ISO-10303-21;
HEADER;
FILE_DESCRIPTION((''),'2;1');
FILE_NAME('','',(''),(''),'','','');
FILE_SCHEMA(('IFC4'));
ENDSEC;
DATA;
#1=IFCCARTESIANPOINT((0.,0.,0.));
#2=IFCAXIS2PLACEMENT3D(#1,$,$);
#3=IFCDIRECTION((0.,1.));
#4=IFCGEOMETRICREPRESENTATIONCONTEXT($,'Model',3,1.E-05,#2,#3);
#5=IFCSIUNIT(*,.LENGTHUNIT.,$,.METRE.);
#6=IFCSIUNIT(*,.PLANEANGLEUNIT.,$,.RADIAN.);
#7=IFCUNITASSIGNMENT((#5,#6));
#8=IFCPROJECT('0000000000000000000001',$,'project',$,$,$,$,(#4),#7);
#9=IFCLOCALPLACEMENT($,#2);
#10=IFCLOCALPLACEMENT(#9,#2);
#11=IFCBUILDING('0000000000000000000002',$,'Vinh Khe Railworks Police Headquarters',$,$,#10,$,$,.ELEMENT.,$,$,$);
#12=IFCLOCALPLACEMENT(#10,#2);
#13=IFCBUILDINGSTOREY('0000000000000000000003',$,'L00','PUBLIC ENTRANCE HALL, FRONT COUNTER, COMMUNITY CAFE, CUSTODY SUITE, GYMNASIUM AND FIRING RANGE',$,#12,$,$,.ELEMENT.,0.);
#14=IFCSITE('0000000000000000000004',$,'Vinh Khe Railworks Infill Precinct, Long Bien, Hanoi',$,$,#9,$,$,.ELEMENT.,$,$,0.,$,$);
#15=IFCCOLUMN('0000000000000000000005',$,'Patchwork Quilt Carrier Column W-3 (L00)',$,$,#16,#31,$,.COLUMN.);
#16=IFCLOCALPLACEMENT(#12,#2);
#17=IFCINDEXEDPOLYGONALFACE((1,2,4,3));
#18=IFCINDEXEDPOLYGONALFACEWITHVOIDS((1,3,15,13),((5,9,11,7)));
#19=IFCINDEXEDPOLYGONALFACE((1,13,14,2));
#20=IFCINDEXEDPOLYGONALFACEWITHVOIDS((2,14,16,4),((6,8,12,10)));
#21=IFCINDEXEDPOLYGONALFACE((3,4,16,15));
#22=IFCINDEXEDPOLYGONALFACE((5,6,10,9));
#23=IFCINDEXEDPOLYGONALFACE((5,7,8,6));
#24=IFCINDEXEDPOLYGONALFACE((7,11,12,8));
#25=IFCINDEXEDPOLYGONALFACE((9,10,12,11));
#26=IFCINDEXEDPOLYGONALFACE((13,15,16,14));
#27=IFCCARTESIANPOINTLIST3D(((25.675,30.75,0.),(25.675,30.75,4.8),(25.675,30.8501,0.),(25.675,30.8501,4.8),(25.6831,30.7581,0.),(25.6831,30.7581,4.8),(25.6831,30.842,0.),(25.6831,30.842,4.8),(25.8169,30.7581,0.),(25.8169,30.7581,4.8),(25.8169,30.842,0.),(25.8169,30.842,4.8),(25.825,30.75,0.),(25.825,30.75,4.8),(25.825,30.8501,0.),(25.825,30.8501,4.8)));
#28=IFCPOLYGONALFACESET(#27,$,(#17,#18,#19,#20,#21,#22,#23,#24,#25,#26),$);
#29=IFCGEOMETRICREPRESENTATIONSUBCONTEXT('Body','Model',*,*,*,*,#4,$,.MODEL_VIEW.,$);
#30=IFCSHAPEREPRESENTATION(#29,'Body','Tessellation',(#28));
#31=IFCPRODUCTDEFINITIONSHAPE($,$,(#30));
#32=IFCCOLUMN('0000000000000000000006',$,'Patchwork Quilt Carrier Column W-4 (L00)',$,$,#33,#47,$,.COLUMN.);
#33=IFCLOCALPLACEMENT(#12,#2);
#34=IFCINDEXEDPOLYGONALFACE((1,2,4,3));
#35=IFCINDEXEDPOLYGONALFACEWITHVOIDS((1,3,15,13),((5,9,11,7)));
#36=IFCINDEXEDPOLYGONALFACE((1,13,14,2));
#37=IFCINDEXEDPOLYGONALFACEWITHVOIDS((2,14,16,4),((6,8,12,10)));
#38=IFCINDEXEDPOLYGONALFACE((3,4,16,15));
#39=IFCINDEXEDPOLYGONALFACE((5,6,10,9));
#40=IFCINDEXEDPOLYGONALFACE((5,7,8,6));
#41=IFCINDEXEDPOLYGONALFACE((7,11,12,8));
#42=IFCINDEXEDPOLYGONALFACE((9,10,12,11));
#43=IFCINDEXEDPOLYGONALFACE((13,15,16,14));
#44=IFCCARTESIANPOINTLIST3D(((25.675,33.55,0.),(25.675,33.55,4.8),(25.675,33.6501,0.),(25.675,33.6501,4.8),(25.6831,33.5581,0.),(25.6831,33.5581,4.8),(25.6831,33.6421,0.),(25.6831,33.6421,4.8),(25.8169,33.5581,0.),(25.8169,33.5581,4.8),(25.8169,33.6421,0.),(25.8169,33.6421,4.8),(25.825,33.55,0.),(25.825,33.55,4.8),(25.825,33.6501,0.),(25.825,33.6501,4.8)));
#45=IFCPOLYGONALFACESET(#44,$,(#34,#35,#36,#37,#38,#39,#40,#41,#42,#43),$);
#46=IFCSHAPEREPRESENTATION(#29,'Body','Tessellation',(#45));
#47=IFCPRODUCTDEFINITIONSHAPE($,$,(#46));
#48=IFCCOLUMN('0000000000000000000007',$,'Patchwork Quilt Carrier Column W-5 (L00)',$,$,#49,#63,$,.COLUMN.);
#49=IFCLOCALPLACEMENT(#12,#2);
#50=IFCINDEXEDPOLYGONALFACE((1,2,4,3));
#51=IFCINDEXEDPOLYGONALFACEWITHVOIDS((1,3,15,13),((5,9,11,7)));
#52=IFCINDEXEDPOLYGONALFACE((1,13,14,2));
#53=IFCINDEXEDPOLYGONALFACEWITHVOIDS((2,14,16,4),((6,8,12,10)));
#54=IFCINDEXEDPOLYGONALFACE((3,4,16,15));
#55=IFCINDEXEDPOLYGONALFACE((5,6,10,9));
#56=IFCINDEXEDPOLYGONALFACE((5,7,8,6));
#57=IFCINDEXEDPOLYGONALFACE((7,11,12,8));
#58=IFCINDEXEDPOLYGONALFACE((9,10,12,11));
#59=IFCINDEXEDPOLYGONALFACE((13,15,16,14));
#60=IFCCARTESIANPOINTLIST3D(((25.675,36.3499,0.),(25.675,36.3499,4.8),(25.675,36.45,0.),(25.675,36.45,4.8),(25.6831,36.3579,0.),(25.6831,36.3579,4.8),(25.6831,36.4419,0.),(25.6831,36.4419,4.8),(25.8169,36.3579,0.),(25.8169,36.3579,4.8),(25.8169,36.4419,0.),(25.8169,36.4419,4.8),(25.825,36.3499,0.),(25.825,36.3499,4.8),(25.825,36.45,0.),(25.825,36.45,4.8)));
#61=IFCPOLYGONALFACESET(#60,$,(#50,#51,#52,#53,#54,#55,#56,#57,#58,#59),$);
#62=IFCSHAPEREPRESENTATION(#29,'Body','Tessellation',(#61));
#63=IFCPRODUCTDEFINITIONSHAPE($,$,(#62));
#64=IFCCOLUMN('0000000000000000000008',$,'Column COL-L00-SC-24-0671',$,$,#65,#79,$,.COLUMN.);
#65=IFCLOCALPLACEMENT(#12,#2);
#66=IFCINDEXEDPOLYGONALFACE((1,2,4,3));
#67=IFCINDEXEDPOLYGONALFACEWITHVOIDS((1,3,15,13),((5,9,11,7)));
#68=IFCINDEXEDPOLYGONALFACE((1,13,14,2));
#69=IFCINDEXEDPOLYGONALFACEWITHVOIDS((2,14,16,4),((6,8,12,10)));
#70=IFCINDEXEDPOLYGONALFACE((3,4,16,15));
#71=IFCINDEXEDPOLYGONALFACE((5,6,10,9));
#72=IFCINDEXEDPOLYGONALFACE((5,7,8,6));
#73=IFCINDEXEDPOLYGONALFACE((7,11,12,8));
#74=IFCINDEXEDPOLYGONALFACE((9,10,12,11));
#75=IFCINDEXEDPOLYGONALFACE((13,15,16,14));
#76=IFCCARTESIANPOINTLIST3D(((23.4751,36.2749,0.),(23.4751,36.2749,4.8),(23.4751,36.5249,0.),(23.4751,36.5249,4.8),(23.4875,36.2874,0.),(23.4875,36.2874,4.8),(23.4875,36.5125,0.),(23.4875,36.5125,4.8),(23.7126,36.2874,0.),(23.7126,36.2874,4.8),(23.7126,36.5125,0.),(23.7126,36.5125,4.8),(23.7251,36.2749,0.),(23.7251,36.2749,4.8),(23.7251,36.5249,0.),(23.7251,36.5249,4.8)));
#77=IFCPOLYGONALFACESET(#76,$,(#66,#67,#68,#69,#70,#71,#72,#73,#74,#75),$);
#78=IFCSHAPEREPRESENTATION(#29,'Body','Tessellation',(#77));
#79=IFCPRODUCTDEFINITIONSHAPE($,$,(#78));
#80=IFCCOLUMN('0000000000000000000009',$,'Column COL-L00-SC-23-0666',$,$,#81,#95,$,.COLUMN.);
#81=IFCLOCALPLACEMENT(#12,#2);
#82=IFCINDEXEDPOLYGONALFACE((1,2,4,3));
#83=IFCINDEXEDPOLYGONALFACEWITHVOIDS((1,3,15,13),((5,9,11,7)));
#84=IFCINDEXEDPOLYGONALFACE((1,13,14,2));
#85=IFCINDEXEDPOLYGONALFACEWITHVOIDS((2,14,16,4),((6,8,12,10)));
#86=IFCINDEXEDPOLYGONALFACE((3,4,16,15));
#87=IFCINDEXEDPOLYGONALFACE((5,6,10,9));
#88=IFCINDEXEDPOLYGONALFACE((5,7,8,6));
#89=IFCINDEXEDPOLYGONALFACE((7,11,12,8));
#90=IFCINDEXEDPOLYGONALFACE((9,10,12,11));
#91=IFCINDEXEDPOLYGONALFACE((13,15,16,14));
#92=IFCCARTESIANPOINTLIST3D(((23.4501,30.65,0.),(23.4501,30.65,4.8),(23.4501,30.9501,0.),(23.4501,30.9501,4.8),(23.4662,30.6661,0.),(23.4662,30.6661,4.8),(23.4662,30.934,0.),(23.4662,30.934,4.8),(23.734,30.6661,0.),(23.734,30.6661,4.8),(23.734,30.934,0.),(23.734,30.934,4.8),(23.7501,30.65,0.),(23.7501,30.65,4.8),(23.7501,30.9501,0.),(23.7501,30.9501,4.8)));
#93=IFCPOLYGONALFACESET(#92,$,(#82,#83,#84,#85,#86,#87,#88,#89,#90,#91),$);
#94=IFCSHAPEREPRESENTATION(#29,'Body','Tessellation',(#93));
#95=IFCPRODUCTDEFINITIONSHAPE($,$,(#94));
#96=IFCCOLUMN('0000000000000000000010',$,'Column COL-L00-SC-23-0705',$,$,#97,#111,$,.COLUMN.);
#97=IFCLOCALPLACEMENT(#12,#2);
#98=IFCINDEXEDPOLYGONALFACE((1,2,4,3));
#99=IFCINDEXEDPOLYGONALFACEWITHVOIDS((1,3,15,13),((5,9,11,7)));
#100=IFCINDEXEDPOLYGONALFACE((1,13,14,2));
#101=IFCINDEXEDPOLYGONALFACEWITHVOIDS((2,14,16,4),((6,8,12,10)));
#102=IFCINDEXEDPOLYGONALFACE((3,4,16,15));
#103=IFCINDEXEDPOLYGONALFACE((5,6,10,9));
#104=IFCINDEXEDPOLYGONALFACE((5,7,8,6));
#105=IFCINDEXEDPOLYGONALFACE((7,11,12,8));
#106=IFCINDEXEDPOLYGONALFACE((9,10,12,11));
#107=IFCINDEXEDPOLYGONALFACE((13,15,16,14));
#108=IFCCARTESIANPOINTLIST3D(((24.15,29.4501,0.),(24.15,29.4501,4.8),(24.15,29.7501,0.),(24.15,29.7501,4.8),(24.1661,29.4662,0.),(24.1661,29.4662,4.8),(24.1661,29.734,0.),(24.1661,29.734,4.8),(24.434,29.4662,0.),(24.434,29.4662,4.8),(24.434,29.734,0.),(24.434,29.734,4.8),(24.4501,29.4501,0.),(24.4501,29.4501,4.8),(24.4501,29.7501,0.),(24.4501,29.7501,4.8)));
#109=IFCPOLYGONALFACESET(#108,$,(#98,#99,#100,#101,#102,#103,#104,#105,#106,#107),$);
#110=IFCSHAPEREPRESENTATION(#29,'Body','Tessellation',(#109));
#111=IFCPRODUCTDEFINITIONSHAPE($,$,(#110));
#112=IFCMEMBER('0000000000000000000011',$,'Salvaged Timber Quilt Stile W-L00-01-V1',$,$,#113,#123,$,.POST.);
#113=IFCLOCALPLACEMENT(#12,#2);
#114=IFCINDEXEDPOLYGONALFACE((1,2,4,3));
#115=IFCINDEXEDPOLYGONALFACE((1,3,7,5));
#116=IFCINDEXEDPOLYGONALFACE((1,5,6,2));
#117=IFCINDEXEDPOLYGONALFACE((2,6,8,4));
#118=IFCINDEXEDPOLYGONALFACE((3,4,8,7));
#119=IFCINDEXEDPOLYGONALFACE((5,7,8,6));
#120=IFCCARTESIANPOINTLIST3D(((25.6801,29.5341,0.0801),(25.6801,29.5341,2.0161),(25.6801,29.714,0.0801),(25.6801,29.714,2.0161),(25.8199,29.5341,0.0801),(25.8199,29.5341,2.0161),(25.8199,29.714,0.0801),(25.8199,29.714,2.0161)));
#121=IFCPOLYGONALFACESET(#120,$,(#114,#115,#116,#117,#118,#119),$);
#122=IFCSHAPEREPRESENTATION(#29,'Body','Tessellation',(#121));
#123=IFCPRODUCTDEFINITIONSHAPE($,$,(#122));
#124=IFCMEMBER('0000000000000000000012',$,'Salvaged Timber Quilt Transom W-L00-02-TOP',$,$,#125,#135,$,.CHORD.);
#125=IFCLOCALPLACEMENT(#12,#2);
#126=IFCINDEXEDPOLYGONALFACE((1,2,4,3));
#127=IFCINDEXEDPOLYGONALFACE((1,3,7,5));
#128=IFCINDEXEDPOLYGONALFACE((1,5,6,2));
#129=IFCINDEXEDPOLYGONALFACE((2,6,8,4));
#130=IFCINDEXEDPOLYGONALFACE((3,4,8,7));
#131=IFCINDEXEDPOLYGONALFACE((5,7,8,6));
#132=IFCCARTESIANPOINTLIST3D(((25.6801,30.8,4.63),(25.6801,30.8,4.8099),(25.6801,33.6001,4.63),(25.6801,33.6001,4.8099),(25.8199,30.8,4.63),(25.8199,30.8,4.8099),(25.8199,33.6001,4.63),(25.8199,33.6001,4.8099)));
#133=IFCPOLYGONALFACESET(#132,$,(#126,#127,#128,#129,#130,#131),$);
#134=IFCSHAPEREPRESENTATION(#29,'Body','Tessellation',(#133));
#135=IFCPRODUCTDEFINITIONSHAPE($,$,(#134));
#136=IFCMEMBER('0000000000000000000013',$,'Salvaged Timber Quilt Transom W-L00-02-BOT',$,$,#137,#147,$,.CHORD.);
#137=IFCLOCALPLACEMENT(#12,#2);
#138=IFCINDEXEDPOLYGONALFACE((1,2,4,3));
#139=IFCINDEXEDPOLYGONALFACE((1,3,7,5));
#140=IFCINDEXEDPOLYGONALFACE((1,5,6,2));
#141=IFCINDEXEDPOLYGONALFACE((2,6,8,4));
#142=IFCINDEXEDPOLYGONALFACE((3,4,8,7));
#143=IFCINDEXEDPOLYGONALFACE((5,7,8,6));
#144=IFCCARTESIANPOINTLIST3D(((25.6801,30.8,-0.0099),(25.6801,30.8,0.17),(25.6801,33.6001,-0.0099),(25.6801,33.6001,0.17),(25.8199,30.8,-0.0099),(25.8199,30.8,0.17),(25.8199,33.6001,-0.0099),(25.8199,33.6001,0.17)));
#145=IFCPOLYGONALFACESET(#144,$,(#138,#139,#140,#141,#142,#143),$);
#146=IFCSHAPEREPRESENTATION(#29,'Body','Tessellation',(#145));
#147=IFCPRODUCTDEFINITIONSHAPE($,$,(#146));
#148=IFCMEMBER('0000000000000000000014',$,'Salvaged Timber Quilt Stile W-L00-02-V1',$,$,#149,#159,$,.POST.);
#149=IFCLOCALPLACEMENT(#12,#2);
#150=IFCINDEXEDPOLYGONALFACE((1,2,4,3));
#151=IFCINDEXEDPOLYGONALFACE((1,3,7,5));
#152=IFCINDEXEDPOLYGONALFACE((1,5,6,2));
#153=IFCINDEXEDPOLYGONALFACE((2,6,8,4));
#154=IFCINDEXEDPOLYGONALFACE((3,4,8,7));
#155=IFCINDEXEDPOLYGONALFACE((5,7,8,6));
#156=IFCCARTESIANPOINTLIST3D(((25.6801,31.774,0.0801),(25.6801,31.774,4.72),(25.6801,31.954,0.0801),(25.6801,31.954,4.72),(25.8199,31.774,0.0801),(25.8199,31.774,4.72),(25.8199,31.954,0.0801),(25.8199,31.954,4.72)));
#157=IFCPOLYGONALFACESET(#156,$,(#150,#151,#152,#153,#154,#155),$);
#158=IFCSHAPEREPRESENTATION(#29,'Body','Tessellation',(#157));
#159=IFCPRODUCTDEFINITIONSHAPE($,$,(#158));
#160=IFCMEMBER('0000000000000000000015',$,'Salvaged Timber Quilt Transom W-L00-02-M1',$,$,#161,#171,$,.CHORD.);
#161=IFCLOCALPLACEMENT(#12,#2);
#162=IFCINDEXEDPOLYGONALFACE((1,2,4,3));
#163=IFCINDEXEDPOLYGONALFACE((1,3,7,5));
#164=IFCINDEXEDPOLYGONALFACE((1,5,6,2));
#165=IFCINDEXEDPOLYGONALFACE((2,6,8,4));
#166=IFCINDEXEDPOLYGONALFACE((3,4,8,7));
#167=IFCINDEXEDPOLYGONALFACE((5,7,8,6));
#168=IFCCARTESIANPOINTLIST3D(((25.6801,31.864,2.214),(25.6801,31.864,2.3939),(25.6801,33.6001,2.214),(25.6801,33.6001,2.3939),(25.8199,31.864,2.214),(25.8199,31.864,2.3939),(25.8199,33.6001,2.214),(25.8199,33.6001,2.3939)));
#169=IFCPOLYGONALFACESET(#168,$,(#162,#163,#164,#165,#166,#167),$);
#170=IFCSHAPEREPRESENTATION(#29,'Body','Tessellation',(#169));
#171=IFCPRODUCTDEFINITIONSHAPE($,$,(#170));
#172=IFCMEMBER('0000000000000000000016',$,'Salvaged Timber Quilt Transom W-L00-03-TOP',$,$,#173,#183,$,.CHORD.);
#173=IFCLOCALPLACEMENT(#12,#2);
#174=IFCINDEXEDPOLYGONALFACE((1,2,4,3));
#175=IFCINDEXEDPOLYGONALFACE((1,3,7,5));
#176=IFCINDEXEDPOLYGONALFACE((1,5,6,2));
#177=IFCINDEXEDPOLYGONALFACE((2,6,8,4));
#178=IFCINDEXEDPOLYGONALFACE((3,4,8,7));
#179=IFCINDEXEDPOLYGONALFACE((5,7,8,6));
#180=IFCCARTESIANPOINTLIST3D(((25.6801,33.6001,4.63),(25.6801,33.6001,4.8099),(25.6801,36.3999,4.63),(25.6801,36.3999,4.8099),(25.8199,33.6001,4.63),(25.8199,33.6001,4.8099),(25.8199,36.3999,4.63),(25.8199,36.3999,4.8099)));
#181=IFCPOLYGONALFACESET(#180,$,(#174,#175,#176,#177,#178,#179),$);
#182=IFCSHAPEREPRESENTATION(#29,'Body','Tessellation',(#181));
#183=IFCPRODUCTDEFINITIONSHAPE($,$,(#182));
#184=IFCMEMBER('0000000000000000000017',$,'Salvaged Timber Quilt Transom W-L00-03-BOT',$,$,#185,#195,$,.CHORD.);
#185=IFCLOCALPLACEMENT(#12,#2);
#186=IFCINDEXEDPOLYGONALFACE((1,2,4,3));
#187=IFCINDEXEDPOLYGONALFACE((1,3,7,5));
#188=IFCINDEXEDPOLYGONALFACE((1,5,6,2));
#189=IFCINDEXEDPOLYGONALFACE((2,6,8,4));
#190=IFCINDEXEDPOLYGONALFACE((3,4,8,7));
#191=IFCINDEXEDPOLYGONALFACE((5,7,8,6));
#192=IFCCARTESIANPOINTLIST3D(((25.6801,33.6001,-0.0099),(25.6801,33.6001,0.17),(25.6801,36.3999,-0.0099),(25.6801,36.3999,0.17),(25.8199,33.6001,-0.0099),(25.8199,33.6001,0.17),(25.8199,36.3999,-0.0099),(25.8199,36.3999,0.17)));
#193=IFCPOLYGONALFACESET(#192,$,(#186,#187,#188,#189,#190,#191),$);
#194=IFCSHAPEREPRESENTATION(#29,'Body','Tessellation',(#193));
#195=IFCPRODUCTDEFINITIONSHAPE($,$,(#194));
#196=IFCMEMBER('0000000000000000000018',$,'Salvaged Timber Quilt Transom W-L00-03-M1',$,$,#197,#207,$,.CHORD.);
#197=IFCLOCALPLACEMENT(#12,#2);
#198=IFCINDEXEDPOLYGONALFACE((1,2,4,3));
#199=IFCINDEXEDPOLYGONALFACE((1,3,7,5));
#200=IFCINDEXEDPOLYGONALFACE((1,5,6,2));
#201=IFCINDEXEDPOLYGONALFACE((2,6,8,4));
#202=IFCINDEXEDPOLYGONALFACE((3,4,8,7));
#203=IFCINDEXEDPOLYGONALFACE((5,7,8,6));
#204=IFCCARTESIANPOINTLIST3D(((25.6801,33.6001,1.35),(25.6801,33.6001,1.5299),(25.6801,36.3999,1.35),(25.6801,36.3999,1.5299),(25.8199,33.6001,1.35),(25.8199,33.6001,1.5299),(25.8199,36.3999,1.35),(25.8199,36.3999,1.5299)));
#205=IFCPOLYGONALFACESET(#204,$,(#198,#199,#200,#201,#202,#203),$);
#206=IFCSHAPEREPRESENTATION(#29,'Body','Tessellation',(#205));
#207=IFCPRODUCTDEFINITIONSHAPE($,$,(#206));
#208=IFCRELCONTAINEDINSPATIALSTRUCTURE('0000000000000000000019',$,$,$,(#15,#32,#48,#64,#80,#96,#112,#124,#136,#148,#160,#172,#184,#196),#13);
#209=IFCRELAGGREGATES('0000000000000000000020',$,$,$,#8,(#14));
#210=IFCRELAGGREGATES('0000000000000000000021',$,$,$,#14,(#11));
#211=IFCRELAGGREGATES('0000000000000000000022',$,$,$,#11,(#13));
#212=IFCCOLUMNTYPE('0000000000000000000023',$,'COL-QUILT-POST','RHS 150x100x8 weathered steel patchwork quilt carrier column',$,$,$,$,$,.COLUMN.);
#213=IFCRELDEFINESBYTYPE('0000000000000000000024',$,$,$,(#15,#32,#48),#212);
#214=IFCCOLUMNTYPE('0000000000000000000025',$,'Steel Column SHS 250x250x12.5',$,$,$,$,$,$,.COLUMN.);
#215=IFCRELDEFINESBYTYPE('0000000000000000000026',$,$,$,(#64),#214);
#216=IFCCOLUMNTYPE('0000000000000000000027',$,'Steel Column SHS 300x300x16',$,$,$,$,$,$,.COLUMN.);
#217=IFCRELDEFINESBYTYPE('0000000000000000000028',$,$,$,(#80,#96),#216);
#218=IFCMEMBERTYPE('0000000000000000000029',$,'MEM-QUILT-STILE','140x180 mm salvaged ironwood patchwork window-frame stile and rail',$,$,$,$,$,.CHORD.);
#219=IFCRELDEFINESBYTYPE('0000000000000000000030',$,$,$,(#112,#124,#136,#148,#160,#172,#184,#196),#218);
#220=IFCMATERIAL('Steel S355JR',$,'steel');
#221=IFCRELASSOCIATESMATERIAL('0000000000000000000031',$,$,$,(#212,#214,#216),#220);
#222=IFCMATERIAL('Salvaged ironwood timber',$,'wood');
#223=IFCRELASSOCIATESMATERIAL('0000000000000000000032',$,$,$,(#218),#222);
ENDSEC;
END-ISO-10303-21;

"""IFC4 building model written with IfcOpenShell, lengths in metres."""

from ifc_helpers import new_model, si_unit, direction, frame, origin, origin_2d, place, context, subcontext, project, spatial, rectangle, hollow_rectangle, extrude, material, material_profile, profile_set, type_object, element, save


model = new_model("IFC4")

# Units and contexts
model_context = context("Model", 3, precision=1e-05, world=origin(), true_north=direction((0.0, 1.0)))
body_context = subcontext(model_context, "Body", "Model", "MODEL_VIEW")
ifc_project = project(units=[si_unit("LENGTHUNIT", "METRE"), si_unit("PLANEANGLEUNIT", "RADIAN")], contexts=[model_context])

# Site, building, storey
site_placement = place(None, origin())
site = spatial("IfcSite", under=ifc_project, at=site_placement, Name="Vinh Khe Railworks Infill Precinct, Long Bien, Hanoi", CompositionType="ELEMENT", RefElevation=0.0)
building_placement = place(site_placement, origin())
building = spatial("IfcBuilding", under=site, at=building_placement, Name="Vinh Khe Railworks Police Headquarters", CompositionType="ELEMENT")
storey_placement = place(building_placement, origin())
storey = spatial("IfcBuildingStorey", under=building, at=storey_placement, Name="L00", Description="PUBLIC ENTRANCE HALL, FRONT COUNTER, COMMUNITY CAFE, CUSTODY SUITE, GYMNASIUM AND FIRING RANGE", CompositionType="ELEMENT", Elevation=0.0)

# Columns
ifc_material_1 = material(Name="Steel S355JR", Category="steel")
ifc_material_profile_1 = material_profile(ifc_material_1, hollow_rectangle(XDim=0.1499, YDim=0.1001, WallThickness=0.0081, at=origin_2d()), Name="RHS 150x100x8")
ifc_profile_set_1 = profile_set([ifc_material_profile_1], Name="Steel S355JR")
column_type_1 = type_object("IfcColumnType", Name="COL-QUILT-POST", Description="RHS 150x100x8 weathered steel patchwork quilt carrier column", PredefinedType="COLUMN", material=ifc_profile_set_1)
for number, where, z_axis, x_axis, name in (
    (1, (25.75, 30.8, 0.0), (0.0, 0.0, 1.0), (1.0, 0.0, 0.0), "Patchwork Quilt Carrier Column W-3 (L00)"),
    (2, (25.75, 33.6001, 0.0), (0.0, 0.0, 1.0), (1.0, 0.0, 0.0), "Patchwork Quilt Carrier Column W-4 (L00)"),
    (3, (25.75, 36.3999, 0.0), (0.0, 0.0, 1.0), (1.0, 0.0, 0.0), "Patchwork Quilt Carrier Column W-5 (L00)"),
):
    element("IfcColumn", number, at=place(storey_placement, frame(where, z_axis=z_axis, x_axis=x_axis)), inside=storey, type_object=column_type_1, Name=name, PredefinedType="COLUMN", context=body_context, shape_type="SweptSolid", body=[
        extrude(hollow_rectangle(XDim=0.1499, YDim=0.1001, WallThickness=0.0081, at=origin_2d()), origin(), (0.0, 0.0, 1.0), 4.8),
    ])
ifc_material_profile_2 = material_profile(ifc_material_1, hollow_rectangle(XDim=0.25, YDim=0.25, WallThickness=0.0125, at=origin_2d()), Name="SHS 250x250x12.5")
ifc_profile_set_2 = profile_set([ifc_material_profile_2], Name="Steel S355JR")
column_type_2 = type_object("IfcColumnType", Name="Steel Column SHS 250x250x12.5", PredefinedType="COLUMN", material=ifc_profile_set_2)
column_placement = place(storey_placement, frame((23.6001, 36.3999, 0.0), z_axis=(0.0, 0.0, 1.0), x_axis=(1.0, 0.0, 0.0)))
element("IfcColumn", 4, at=column_placement, inside=storey, type_object=column_type_2, Name="Column COL-L00-SC-24-0671", PredefinedType="COLUMN", context=body_context, shape_type="SweptSolid", body=[
    extrude(hollow_rectangle(XDim=0.25, YDim=0.25, WallThickness=0.0125, at=origin_2d()), origin(), (0.0, 0.0, 1.0), 4.8),
])
ifc_material_profile_3 = material_profile(ifc_material_1, hollow_rectangle(XDim=0.3, YDim=0.3, WallThickness=0.0161, at=origin_2d()), Name="SHS 300x300x16")
ifc_profile_set_3 = profile_set([ifc_material_profile_3], Name="Steel S355JR")
column_type_3 = type_object("IfcColumnType", Name="Steel Column SHS 300x300x16", PredefinedType="COLUMN", material=ifc_profile_set_3)
for number, where, z_axis, x_axis, name in (
    (5, (23.6001, 30.8, 0.0), (0.0, 0.0, 1.0), (1.0, 0.0, 0.0), "Column COL-L00-SC-23-0666"),
    (6, (24.3, 29.6001, 0.0), (0.0, 0.0, 1.0), (1.0, 0.0, 0.0), "Column COL-L00-SC-23-0705"),
):
    element("IfcColumn", number, at=place(storey_placement, frame(where, z_axis=z_axis, x_axis=x_axis)), inside=storey, type_object=column_type_3, Name=name, PredefinedType="COLUMN", context=body_context, shape_type="SweptSolid", body=[
        extrude(hollow_rectangle(XDim=0.3, YDim=0.3, WallThickness=0.0161, at=origin_2d()), origin(), (0.0, 0.0, 1.0), 4.8),
    ])

# Members
ifc_material_2 = material(Name="Salvaged ironwood timber", Category="wood")
ifc_material_profile_4 = material_profile(ifc_material_2, rectangle(XDim=0.1399, YDim=0.1799, at=origin_2d()), Name="TIMBER 140x180")
ifc_profile_set_4 = profile_set([ifc_material_profile_4], Name="Salvaged ironwood timber")
member_type = type_object("IfcMemberType", Name="MEM-QUILT-STILE", Description="140x180 mm salvaged ironwood patchwork window-frame stile and rail", PredefinedType="CHORD", material=ifc_profile_set_4)
member_1_placement = place(storey_placement, frame((25.75, 29.624, 0.0801), z_axis=(0.0, 0.0, 1.0), x_axis=(1.0, 0.0, 0.0)))
element("IfcMember", 7, at=member_1_placement, inside=storey, type_object=member_type, Name="Salvaged Timber Quilt Stile W-L00-01-V1", PredefinedType="POST", context=body_context, shape_type="SweptSolid", body=[
    extrude(rectangle(XDim=0.1399, YDim=0.1799, at=origin_2d()), origin(), (0.0, 0.0, 1.0), 1.936),
])
for number, where, z_axis, x_axis, name in (
    (8, (25.75, 30.8, 4.72), (0.0, 1.0, 0.0), (-1.0, 0.0, 0.0), "Salvaged Timber Quilt Transom W-L00-02-TOP"),
    (9, (25.75, 30.8, 0.0801), (0.0, 1.0, 0.0), (-1.0, 0.0, 0.0), "Salvaged Timber Quilt Transom W-L00-02-BOT"),
):
    element("IfcMember", number, at=place(storey_placement, frame(where, z_axis=z_axis, x_axis=x_axis)), inside=storey, type_object=member_type, Name=name, PredefinedType="CHORD", context=body_context, shape_type="SweptSolid", body=[
        extrude(rectangle(XDim=0.1399, YDim=0.1799, at=origin_2d()), origin(), (0.0, 0.0, 1.0), 2.8),
    ])
member_2_placement = place(storey_placement, frame((25.75, 31.864, 0.0801), z_axis=(0.0, 0.0, 1.0), x_axis=(1.0, 0.0, 0.0)))
element("IfcMember", 10, at=member_2_placement, inside=storey, type_object=member_type, Name="Salvaged Timber Quilt Stile W-L00-02-V1", PredefinedType="POST", context=body_context, shape_type="SweptSolid", body=[
    extrude(rectangle(XDim=0.1399, YDim=0.1799, at=origin_2d()), origin(), (0.0, 0.0, 1.0), 4.6399),
])
member_3_placement = place(storey_placement, frame((25.75, 31.864, 2.304), z_axis=(0.0, 1.0, 0.0), x_axis=(-1.0, 0.0, 0.0)))
element("IfcMember", 11, at=member_3_placement, inside=storey, type_object=member_type, Name="Salvaged Timber Quilt Transom W-L00-02-M1", PredefinedType="CHORD", context=body_context, shape_type="SweptSolid", body=[
    extrude(rectangle(XDim=0.1399, YDim=0.1799, at=origin_2d()), origin(), (0.0, 0.0, 1.0), 1.7361),
])
for number, where, z_axis, x_axis, name in (
    (12, (25.75, 33.6001, 4.72), (0.0, 1.0, 0.0), (-1.0, 0.0, 0.0), "Salvaged Timber Quilt Transom W-L00-03-TOP"),
    (13, (25.75, 33.6001, 0.0801), (0.0, 1.0, 0.0), (-1.0, 0.0, 0.0), "Salvaged Timber Quilt Transom W-L00-03-BOT"),
    (14, (25.75, 33.6001, 1.4399), (0.0, 1.0, 0.0), (-1.0, 0.0, 0.0), "Salvaged Timber Quilt Transom W-L00-03-M1"),
):
    element("IfcMember", number, at=place(storey_placement, frame(where, z_axis=z_axis, x_axis=x_axis)), inside=storey, type_object=member_type, Name=name, PredefinedType="CHORD", context=body_context, shape_type="SweptSolid", body=[
        extrude(rectangle(XDim=0.1399, YDim=0.1799, at=origin_2d()), origin(), (0.0, 0.0, 1.0), 2.7998),
    ])

save(model, "model.ifc")
